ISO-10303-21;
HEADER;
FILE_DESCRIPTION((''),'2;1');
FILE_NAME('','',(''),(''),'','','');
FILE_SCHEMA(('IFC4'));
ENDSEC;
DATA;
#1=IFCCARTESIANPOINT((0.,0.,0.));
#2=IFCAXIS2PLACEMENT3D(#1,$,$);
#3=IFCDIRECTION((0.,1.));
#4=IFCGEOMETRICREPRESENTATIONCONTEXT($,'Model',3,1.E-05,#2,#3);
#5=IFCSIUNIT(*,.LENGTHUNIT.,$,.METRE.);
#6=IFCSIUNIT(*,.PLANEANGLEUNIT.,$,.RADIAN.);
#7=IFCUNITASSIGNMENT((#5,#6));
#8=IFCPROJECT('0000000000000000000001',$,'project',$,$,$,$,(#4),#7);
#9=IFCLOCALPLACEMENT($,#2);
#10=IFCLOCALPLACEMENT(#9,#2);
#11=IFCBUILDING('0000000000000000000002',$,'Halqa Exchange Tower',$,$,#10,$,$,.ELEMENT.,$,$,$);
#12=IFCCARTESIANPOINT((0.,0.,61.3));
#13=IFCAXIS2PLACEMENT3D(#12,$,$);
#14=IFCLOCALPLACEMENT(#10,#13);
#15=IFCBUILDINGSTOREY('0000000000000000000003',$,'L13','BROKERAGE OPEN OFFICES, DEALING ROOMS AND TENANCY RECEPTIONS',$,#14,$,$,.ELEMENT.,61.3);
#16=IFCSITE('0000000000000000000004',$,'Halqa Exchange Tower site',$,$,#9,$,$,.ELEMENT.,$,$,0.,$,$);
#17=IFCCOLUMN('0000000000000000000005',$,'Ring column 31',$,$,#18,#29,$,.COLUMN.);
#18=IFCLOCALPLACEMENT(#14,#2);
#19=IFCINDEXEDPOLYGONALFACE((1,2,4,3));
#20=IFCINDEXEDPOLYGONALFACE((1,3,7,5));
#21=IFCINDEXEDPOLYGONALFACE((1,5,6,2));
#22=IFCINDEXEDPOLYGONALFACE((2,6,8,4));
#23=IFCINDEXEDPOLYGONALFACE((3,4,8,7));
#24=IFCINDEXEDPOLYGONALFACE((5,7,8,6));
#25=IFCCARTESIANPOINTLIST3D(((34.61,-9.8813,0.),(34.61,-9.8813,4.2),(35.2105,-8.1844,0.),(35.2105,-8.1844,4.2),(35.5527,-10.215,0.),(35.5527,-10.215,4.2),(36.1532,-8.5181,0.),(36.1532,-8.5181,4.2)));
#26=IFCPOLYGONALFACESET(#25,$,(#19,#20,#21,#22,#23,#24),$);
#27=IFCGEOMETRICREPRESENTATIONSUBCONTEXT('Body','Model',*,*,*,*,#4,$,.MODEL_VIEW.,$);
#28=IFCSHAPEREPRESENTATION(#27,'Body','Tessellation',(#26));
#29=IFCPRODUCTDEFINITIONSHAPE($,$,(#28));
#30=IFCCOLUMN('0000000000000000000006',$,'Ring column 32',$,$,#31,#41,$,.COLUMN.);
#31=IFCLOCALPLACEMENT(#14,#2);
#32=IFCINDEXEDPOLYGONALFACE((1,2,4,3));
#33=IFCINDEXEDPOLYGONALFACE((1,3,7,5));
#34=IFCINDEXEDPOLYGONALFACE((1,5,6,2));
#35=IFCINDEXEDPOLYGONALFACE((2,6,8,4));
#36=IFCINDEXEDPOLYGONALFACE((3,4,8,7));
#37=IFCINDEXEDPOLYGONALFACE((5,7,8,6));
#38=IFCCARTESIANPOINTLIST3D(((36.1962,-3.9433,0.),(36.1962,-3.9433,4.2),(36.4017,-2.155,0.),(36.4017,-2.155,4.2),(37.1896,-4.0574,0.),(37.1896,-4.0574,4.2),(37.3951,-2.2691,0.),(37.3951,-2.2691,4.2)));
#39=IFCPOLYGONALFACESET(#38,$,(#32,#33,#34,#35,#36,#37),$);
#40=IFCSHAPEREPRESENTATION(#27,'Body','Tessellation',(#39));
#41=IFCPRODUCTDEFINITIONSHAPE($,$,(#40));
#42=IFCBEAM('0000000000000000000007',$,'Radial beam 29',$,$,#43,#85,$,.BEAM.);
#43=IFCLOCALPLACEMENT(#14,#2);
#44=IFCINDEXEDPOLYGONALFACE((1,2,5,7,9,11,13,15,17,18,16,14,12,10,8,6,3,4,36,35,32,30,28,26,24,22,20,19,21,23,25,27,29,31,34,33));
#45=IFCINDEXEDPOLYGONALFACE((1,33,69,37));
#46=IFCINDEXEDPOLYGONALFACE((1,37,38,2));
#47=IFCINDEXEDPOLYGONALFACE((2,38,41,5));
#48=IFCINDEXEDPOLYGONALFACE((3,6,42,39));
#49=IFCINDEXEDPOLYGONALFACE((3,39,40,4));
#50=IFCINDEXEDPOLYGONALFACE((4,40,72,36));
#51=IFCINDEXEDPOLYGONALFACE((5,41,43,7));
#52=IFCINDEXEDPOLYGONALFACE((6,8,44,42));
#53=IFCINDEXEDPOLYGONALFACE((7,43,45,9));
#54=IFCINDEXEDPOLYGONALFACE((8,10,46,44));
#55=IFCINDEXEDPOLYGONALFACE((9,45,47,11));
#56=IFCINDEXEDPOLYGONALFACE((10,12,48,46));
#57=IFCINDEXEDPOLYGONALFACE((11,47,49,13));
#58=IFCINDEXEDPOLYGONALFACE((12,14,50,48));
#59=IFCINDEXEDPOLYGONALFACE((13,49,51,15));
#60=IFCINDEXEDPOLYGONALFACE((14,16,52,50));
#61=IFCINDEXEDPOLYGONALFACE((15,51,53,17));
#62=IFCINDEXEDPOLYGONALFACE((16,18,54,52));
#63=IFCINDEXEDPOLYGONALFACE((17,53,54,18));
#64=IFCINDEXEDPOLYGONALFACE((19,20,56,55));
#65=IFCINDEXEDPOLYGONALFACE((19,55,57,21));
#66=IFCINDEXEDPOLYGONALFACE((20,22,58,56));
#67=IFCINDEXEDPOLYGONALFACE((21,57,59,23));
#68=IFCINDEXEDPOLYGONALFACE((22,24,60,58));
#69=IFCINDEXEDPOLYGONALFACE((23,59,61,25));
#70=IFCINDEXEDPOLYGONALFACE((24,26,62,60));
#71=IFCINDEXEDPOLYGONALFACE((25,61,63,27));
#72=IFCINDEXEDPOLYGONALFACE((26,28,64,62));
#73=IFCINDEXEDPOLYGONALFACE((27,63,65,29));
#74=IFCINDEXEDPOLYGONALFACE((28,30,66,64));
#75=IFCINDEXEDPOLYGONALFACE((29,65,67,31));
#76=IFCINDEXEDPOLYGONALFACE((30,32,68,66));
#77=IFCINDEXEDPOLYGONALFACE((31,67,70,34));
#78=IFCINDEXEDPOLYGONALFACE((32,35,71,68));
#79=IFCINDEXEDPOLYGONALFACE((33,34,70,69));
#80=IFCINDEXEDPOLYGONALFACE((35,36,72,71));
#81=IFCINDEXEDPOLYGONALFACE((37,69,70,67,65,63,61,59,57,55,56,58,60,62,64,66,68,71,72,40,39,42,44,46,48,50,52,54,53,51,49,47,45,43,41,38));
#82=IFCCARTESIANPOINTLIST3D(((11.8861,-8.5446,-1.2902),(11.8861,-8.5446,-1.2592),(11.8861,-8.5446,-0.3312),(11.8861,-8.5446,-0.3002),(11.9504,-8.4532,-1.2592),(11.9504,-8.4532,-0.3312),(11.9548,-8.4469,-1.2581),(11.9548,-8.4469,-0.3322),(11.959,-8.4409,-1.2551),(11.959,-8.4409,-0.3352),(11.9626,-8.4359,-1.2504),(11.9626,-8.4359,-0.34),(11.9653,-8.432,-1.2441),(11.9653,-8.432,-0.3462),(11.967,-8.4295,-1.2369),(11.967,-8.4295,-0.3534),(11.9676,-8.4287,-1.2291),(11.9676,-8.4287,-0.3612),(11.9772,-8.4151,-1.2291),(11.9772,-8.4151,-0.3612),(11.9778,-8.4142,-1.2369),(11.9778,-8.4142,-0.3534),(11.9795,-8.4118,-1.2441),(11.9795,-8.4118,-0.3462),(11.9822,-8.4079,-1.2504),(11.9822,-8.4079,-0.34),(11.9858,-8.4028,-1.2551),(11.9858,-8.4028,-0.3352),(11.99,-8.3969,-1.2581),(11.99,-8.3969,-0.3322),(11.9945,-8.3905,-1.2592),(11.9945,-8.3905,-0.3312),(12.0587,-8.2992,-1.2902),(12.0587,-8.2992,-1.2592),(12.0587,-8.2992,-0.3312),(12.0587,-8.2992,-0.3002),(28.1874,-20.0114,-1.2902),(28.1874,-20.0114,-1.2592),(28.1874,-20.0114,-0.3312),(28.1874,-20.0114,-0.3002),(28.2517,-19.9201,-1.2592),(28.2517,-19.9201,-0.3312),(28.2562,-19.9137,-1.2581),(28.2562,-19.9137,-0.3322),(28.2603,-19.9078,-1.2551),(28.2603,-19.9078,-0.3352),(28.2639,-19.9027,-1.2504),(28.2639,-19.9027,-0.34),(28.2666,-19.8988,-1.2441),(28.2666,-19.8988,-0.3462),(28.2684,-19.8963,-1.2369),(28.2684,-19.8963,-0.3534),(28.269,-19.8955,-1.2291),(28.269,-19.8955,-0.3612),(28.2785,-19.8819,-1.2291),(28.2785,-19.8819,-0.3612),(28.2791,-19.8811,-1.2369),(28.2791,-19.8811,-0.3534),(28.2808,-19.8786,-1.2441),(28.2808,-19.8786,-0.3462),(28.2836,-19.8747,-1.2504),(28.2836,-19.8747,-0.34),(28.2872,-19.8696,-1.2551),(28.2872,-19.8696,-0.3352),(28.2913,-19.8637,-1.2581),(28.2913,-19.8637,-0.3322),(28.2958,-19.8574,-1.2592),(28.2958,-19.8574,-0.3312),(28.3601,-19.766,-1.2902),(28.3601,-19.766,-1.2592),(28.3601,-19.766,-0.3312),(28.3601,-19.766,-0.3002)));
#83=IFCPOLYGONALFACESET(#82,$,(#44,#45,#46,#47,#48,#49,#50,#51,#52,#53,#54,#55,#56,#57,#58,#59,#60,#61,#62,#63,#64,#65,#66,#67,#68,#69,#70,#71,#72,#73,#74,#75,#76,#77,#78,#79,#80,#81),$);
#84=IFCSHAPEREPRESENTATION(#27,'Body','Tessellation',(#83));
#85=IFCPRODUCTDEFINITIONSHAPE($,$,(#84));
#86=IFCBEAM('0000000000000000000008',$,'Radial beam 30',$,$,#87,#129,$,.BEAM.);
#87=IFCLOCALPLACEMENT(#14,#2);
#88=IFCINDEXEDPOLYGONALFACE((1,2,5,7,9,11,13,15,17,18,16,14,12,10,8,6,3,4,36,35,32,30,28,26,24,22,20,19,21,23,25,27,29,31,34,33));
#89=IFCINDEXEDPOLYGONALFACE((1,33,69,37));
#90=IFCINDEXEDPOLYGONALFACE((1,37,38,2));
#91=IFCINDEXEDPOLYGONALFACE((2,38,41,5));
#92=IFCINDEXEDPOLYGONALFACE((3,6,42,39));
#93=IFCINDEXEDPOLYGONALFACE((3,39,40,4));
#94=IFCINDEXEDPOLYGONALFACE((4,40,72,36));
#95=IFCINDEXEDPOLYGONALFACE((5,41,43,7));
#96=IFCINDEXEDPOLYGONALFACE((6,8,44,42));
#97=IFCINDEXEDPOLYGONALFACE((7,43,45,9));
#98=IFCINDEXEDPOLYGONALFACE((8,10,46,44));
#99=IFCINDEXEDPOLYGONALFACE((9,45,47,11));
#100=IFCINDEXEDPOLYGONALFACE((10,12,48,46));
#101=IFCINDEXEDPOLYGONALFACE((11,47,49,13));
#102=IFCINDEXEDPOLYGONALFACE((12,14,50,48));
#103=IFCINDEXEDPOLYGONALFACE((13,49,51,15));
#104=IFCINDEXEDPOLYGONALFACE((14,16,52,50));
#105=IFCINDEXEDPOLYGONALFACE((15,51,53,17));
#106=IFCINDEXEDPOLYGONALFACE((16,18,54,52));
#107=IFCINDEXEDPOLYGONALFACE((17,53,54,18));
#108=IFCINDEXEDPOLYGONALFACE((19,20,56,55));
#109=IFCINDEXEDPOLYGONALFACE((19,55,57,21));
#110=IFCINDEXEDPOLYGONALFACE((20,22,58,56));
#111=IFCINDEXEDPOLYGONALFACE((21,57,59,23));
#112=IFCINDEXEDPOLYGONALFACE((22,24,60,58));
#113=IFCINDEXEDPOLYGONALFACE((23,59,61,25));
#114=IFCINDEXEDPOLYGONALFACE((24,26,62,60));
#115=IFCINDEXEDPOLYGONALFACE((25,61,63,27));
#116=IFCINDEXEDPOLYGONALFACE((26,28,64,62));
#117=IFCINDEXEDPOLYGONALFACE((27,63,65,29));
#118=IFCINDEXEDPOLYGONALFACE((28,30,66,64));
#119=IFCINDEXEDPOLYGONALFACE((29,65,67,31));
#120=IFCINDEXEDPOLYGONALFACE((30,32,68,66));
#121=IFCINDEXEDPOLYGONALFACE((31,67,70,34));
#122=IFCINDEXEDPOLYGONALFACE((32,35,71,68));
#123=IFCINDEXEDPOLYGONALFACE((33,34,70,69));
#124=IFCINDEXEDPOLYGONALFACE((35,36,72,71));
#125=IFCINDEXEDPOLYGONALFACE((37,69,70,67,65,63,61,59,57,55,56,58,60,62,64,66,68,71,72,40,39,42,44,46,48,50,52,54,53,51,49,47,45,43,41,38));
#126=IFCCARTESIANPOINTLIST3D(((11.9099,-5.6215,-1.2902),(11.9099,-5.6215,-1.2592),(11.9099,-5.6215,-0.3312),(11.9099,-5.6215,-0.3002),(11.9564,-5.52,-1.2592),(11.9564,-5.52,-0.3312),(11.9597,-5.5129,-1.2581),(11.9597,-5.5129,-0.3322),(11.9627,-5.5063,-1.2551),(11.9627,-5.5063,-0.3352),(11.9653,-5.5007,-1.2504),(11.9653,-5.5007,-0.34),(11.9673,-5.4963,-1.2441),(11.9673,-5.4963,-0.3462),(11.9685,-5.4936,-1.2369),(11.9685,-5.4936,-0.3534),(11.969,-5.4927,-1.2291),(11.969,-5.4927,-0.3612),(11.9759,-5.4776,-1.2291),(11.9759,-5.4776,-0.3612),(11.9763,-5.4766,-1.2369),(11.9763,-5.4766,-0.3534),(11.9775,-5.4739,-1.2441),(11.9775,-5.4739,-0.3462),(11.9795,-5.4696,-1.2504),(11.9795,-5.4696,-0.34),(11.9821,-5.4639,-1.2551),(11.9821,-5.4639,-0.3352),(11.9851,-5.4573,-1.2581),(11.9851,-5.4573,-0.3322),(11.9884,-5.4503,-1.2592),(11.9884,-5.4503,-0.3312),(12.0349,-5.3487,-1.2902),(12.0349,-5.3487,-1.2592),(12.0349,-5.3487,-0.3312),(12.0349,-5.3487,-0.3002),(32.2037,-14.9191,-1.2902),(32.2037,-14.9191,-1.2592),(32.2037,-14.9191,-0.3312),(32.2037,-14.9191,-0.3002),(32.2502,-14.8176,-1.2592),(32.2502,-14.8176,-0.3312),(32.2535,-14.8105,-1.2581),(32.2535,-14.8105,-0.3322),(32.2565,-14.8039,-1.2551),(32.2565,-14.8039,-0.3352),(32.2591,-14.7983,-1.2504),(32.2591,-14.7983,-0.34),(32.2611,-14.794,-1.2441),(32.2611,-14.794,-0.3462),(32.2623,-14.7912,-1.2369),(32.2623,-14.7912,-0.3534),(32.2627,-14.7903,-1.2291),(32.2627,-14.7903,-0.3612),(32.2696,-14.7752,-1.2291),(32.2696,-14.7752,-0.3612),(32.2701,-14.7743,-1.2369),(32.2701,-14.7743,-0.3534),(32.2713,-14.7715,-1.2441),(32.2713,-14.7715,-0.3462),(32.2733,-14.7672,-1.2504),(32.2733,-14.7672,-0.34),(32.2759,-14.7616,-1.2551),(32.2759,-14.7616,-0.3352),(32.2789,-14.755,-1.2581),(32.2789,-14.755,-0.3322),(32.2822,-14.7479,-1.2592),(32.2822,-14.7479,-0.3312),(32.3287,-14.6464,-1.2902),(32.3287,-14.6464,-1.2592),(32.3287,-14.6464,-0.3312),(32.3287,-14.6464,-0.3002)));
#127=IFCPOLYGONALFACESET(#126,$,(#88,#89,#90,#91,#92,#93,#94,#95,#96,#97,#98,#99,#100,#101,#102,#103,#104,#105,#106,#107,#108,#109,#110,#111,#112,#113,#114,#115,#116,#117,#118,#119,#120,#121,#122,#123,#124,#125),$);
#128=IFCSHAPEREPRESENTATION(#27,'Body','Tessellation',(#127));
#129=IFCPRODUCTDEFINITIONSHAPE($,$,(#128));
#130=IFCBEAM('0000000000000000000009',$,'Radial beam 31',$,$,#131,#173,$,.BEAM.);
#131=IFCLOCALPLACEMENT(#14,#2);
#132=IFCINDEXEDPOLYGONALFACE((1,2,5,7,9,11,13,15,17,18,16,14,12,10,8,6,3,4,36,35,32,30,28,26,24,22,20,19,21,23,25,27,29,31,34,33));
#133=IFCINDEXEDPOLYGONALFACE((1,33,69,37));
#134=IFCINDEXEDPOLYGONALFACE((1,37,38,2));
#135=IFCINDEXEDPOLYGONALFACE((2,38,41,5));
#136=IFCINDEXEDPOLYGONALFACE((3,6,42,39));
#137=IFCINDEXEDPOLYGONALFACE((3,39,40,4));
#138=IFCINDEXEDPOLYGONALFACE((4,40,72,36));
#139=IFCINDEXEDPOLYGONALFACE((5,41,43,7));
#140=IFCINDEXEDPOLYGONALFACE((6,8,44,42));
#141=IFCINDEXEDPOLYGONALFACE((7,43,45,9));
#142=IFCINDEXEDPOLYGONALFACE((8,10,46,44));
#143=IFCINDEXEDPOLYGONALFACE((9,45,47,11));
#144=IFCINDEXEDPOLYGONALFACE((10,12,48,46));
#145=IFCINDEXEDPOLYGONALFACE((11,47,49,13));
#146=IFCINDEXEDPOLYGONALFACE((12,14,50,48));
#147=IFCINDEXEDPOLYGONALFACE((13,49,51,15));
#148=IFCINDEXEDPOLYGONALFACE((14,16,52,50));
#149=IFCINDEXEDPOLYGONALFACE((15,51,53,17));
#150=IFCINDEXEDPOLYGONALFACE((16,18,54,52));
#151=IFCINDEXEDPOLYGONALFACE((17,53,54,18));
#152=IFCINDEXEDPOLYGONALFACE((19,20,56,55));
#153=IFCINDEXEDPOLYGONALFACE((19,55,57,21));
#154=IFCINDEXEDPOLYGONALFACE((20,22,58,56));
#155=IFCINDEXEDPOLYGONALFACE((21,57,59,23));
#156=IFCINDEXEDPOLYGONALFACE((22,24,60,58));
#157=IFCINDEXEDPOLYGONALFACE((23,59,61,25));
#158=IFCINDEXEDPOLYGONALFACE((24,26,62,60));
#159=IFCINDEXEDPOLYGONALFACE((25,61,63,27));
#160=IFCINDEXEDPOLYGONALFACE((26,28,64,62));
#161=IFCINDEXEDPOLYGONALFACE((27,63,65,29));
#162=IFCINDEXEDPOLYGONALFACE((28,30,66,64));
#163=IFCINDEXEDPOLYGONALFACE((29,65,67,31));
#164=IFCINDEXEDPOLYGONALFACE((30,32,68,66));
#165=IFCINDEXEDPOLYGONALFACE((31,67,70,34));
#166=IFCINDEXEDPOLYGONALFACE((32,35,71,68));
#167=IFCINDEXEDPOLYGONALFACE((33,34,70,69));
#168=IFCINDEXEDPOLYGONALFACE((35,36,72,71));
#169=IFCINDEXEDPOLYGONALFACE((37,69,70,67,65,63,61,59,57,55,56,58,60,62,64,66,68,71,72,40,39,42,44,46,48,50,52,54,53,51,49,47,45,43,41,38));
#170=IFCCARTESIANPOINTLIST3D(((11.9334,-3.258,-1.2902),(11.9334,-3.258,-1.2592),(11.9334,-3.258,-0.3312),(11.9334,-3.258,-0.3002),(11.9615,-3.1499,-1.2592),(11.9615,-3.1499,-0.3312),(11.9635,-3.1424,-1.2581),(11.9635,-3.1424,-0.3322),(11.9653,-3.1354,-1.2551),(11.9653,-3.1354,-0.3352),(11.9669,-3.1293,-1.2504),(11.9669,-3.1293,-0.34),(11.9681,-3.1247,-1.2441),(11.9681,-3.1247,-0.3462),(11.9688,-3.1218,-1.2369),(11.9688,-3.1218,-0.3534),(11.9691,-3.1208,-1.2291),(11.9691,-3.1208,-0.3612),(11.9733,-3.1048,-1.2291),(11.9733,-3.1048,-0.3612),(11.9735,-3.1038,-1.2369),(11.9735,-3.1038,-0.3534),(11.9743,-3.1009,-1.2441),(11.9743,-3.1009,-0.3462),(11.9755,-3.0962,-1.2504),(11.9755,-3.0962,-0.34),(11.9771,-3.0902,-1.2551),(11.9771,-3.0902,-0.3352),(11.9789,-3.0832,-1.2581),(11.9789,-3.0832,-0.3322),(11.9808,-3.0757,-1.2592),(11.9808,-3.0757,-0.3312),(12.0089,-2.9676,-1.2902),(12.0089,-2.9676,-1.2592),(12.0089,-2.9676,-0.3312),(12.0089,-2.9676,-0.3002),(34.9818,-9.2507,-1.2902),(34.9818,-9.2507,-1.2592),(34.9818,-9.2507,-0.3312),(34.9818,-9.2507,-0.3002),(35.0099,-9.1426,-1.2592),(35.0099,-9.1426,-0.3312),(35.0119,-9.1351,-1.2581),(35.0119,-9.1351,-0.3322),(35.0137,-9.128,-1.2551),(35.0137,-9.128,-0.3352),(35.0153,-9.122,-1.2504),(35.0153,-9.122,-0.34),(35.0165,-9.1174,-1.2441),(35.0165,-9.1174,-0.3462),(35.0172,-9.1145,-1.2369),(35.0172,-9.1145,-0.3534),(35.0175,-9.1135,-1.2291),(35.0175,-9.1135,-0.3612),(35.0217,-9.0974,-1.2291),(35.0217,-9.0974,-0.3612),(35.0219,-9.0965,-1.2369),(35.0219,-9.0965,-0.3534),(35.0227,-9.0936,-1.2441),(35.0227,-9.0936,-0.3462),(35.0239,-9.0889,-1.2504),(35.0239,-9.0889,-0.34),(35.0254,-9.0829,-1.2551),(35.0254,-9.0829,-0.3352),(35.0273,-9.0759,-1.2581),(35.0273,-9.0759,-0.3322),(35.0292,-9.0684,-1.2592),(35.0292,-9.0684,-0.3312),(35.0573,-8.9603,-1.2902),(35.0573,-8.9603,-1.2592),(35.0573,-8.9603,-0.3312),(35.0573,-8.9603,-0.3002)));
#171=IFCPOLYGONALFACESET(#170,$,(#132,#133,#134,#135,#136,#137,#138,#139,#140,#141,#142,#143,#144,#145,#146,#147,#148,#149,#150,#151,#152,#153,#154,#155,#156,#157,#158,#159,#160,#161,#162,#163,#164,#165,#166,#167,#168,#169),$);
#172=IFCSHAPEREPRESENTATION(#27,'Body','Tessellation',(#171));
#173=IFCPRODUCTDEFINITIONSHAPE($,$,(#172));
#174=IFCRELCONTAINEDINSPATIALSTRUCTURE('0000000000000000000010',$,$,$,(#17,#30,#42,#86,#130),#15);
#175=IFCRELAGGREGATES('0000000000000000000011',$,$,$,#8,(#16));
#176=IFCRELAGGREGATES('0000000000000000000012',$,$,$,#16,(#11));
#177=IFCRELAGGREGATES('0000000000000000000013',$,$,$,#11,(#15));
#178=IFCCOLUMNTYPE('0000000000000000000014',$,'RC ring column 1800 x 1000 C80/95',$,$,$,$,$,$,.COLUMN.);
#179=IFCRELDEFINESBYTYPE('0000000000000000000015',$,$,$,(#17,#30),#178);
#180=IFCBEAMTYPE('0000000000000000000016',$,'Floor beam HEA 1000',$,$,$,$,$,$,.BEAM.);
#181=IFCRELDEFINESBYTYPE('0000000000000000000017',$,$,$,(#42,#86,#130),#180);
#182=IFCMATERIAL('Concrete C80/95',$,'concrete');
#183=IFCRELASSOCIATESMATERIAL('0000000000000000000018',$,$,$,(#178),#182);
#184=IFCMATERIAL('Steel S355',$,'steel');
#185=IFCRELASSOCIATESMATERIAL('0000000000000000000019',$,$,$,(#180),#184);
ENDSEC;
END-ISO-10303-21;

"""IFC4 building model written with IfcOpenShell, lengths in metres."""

from ifc_helpers import new_model, si_unit, direction, frame, origin, origin_2d, place, context, subcontext, project, spatial, rectangle, i_section, extrude, material, material_profile, profile_set, type_object, element, save


model = new_model("IFC4")

# Units and contexts
model_context = context("Model", 3, precision=1e-05, world=origin(), true_north=direction((0.0, 1.0)))
body_context = subcontext(model_context, "Body", "Model", "MODEL_VIEW")
ifc_project = project(units=[si_unit("LENGTHUNIT", "METRE"), si_unit("PLANEANGLEUNIT", "RADIAN")], contexts=[model_context])

# Site, building, storey
site_placement = place(None, origin())
site = spatial("IfcSite", under=ifc_project, at=site_placement, Name="Halqa Exchange Tower site", CompositionType="ELEMENT", RefElevation=0.0)
building_placement = place(site_placement, origin())
building = spatial("IfcBuilding", under=site, at=building_placement, Name="Halqa Exchange Tower", CompositionType="ELEMENT")
storey_placement = place(building_placement, frame((0.0, 0.0, 61.3)))
storey = spatial("IfcBuildingStorey", under=building, at=storey_placement, Name="L13", Description="BROKERAGE OPEN OFFICES, DEALING ROOMS AND TENANCY RECEPTIONS", CompositionType="ELEMENT", Elevation=61.3)

# Columns
ifc_material_1 = material(Name="Concrete C80/95", Category="concrete")
ifc_material_profile_1 = material_profile(ifc_material_1, rectangle(XDim=1.8, YDim=1.0, at=origin_2d()), Name="1800 x 1000")
ifc_profile_set_1 = profile_set([ifc_material_profile_1], Name="Concrete C80/95")
column_type = type_object("IfcColumnType", Name="RC ring column 1800 x 1000 C80/95", PredefinedType="COLUMN", material=ifc_profile_set_1)
for number, where, z_axis, x_axis, name in (
    (1, (35.3816, -9.1997, 0.0), (0.0, 0.0, 1.0), (0.333629, 0.942704, 0.0), "Ring column 31"),
    (2, (36.7957, -3.1062, 0.0), (0.0, 0.0, 1.0), (0.11416, 0.993462, 0.0), "Ring column 32"),
):
    element("IfcColumn", number, at=place(storey_placement, frame(where, z_axis=z_axis, x_axis=x_axis)), inside=storey, type_object=column_type, Name=name, PredefinedType="COLUMN", context=body_context, shape_type="SweptSolid", body=[
        extrude(rectangle(XDim=1.8, YDim=1.0, at=origin_2d()), origin(), (0.0, 0.0, 1.0), 4.2),
    ])

# Beams
ifc_material_2 = material(Name="Steel S355", Category="steel")
ifc_material_profile_2 = material_profile(ifc_material_2, i_section(OverallWidth=0.3, OverallDepth=0.99, WebThickness=0.0166, FlangeThickness=0.031, FilletRadius=0.03, at=origin_2d()), Name="HEA 1000")
ifc_profile_set_2 = profile_set([ifc_material_profile_2], Name="Steel S355")
beam_type_1 = type_object("IfcBeamType", Name="Floor beam HEA 1000", PredefinedType="BEAM", material=ifc_profile_set_2)
beam_1_placement = place(storey_placement, frame((11.9724, -8.4219, -0.7952), z_axis=(0.817912, -0.575344, 0.0), x_axis=(0.575344, 0.817912, 0.0)))
element("IfcBeam", 3, at=beam_1_placement, inside=storey, type_object=beam_type_1, Name="Radial beam 29", PredefinedType="BEAM", context=body_context, shape_type="SweptSolid", body=[
    extrude(i_section(OverallWidth=0.3, OverallDepth=0.99, WebThickness=0.0166, FlangeThickness=0.031, FilletRadius=0.03, at=origin_2d()), origin(), (0.0, 0.0, 1.0), 19.9304),
])
beam_2_placement = place(storey_placement, frame((11.9724, -5.4851, -0.7952), z_axis=(0.909127, -0.416519, 0.0), x_axis=(0.416519, 0.909127, 0.0)))
element("IfcBeam", 4, at=beam_2_placement, inside=storey, type_object=beam_type_1, Name="Radial beam 30", PredefinedType="BEAM", context=body_context, shape_type="SweptSolid", body=[
    extrude(i_section(OverallWidth=0.3, OverallDepth=0.99, WebThickness=0.0166, FlangeThickness=0.031, FilletRadius=0.03, at=origin_2d()), origin(), (0.0, 0.0, 1.0), 22.3223),
])
beam_3_placement = place(storey_placement, frame((11.9712, -3.1128, -0.7952), z_axis=(0.967821, -0.251638, 0.0), x_axis=(0.251638, 0.967821, 0.0)))
element("IfcBeam", 5, at=beam_3_placement, inside=storey, type_object=beam_type_1, Name="Radial beam 31", PredefinedType="BEAM", context=body_context, shape_type="SweptSolid", body=[
    extrude(i_section(OverallWidth=0.3, OverallDepth=0.99, WebThickness=0.0166, FlangeThickness=0.031, FilletRadius=0.03, at=origin_2d()), origin(), (0.0, 0.0, 1.0), 23.8147),
])

save(model, "model.ifc")
